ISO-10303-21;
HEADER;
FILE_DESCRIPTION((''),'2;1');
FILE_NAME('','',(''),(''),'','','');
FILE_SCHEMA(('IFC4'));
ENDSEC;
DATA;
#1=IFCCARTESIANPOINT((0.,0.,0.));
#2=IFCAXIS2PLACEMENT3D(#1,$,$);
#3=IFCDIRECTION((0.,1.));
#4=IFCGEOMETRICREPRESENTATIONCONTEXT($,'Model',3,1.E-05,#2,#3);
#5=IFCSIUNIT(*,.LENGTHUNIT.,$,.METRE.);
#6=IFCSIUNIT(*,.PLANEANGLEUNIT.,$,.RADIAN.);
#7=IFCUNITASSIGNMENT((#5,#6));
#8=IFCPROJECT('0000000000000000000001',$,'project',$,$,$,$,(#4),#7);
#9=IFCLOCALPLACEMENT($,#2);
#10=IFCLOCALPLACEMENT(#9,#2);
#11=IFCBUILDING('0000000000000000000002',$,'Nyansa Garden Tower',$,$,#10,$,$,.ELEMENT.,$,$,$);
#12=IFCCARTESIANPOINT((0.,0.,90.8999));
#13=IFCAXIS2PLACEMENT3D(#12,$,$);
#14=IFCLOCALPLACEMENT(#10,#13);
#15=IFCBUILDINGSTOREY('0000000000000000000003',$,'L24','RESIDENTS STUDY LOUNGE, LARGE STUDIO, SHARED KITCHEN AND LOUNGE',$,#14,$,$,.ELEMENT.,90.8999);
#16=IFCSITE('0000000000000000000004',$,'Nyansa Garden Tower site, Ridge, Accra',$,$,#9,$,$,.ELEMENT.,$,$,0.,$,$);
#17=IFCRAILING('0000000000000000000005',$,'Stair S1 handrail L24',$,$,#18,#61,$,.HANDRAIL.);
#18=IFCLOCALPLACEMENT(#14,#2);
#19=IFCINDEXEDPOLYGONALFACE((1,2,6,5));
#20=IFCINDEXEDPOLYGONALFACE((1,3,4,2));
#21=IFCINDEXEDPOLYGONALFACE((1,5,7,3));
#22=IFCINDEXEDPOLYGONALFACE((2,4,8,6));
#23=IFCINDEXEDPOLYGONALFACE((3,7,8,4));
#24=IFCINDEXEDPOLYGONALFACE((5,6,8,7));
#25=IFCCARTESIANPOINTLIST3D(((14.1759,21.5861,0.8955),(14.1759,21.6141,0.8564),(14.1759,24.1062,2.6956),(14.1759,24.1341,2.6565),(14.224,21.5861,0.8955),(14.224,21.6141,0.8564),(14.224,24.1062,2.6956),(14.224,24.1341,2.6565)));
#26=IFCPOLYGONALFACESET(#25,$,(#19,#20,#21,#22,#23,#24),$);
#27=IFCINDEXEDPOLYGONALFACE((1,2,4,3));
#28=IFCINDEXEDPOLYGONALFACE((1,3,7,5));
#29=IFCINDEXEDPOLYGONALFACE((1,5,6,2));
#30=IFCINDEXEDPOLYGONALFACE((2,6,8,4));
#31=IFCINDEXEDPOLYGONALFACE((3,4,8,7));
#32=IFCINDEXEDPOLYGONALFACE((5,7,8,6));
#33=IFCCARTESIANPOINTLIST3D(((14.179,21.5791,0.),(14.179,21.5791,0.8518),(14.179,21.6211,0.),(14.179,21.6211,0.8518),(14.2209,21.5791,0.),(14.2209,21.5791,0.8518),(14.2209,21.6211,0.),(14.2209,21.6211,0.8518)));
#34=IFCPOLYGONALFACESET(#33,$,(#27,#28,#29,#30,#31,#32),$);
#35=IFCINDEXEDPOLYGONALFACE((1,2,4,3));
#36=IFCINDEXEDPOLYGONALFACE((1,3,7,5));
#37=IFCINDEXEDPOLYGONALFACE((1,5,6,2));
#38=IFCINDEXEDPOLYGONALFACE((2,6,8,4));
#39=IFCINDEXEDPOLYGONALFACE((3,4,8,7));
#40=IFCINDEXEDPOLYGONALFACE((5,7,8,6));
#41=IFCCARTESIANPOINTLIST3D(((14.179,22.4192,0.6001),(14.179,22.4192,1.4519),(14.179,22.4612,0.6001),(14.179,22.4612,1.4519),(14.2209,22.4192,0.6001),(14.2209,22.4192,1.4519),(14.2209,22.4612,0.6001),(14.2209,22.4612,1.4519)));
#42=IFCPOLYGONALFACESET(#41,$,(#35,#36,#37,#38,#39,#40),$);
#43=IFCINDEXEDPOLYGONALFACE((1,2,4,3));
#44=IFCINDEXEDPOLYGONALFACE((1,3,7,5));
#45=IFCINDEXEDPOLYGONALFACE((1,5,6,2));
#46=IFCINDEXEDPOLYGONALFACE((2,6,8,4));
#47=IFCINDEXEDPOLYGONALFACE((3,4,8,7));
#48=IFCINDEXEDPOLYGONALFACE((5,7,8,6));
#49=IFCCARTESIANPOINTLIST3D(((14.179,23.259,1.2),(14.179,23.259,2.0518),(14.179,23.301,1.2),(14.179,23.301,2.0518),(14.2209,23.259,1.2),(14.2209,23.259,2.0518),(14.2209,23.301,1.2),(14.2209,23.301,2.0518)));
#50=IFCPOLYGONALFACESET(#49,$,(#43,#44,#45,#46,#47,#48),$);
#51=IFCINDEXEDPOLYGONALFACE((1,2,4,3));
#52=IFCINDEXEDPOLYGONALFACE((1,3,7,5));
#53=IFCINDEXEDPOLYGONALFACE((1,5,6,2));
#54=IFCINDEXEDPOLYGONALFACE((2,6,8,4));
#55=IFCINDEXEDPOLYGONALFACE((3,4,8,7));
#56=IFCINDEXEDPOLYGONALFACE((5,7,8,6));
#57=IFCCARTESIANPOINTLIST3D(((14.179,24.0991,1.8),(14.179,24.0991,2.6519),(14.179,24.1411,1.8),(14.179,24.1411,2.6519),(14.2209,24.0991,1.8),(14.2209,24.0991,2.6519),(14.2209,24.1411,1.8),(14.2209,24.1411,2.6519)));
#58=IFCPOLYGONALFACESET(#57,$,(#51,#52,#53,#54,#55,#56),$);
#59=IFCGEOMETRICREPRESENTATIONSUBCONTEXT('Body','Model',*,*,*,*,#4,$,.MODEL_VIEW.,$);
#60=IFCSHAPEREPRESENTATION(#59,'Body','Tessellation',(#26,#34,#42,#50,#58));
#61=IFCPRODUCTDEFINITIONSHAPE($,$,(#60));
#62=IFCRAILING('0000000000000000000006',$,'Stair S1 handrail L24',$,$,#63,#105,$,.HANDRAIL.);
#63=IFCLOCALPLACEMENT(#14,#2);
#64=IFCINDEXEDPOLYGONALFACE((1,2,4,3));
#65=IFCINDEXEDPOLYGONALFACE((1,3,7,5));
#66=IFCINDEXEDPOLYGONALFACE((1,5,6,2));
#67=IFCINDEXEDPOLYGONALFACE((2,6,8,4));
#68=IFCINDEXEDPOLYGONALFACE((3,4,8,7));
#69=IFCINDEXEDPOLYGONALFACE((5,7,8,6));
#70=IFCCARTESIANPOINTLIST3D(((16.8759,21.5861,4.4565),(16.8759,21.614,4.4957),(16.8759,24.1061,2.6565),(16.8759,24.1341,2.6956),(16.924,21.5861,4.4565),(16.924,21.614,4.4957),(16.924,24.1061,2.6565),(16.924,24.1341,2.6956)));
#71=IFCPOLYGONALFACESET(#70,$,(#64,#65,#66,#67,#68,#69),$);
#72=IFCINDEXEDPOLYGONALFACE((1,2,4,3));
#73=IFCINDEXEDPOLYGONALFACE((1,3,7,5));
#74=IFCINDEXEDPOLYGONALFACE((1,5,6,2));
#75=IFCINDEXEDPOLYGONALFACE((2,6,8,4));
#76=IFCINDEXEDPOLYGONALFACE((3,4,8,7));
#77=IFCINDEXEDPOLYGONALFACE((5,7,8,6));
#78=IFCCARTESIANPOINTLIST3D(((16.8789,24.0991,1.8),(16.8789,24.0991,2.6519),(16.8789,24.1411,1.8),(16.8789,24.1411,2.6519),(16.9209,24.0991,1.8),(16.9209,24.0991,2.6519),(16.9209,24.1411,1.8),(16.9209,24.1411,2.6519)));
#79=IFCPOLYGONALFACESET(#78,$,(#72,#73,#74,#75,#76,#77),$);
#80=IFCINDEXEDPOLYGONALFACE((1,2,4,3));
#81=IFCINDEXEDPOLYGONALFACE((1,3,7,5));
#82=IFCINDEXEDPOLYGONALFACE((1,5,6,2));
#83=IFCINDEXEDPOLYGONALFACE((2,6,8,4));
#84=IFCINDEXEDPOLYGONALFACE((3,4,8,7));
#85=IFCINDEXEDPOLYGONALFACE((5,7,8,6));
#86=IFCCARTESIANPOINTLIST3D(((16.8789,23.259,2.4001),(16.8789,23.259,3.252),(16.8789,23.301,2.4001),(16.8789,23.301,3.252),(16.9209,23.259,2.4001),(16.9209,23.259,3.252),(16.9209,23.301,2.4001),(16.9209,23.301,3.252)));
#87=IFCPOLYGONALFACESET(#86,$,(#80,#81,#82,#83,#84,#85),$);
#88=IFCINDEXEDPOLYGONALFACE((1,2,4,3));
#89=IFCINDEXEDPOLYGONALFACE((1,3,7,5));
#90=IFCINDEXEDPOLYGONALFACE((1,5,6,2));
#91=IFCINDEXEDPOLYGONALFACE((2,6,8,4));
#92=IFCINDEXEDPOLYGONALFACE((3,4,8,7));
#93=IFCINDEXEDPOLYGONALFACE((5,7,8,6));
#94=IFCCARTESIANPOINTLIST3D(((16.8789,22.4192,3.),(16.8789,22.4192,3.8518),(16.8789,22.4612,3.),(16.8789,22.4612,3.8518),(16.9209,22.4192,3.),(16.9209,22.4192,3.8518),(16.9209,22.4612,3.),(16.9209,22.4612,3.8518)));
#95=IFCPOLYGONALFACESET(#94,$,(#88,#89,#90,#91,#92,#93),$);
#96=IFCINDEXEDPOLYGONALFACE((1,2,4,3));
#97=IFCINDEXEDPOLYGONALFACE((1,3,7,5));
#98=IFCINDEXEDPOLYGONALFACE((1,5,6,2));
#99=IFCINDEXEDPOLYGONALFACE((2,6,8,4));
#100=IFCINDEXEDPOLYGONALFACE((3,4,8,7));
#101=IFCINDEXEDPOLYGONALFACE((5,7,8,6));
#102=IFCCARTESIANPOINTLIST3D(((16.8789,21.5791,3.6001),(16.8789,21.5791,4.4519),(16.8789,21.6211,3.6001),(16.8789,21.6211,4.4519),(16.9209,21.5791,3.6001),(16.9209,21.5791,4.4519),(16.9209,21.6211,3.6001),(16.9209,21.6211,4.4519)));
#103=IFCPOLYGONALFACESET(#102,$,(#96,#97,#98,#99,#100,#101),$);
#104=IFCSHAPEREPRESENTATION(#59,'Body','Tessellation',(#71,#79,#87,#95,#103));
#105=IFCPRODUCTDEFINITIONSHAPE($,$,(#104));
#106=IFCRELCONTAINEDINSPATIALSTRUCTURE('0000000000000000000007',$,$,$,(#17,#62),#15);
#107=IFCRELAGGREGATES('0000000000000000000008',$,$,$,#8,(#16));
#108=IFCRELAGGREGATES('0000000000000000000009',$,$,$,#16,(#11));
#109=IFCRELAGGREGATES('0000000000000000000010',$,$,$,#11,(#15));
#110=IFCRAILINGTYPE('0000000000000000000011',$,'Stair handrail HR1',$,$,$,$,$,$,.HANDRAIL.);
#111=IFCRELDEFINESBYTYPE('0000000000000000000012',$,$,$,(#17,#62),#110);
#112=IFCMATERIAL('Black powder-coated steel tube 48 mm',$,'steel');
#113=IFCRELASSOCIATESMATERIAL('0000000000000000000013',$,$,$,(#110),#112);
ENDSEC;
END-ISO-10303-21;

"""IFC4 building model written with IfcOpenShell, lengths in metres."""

from ifc_helpers import new_model, si_unit, direction, frame, origin, origin_2d, place, context, subcontext, project, spatial, rectangle, extrude, material, type_object, element, save


model = new_model("IFC4")

# Units and contexts
model_context = context("Model", 3, precision=1e-05, world=origin(), true_north=direction((0.0, 1.0)))
body_context = subcontext(model_context, "Body", "Model", "MODEL_VIEW")
ifc_project = project(units=[si_unit("LENGTHUNIT", "METRE"), si_unit("PLANEANGLEUNIT", "RADIAN")], contexts=[model_context])

# Site, building, storey
site_placement = place(None, origin())
site = spatial("IfcSite", under=ifc_project, at=site_placement, Name="Nyansa Garden Tower site, Ridge, Accra", CompositionType="ELEMENT", RefElevation=0.0)
building_placement = place(site_placement, origin())
building = spatial("IfcBuilding", under=site, at=building_placement, Name="Nyansa Garden Tower", CompositionType="ELEMENT")
storey_placement = place(building_placement, frame((0.0, 0.0, 90.8999)))
storey = spatial("IfcBuildingStorey", under=building, at=storey_placement, Name="L24", Description="RESIDENTS STUDY LOUNGE, LARGE STUDIO, SHARED KITCHEN AND LOUNGE", CompositionType="ELEMENT", Elevation=90.8999)

# Railings
ifc_material_1 = material(Name="Black powder-coated steel tube 48 mm", Category="steel")
railing_type = type_object("IfcRailingType", Name="Stair handrail HR1", PredefinedType="HANDRAIL", material=ifc_material_1)
railing_1_placement = place(storey_placement, frame((14.2, 21.6001, 0.0)))
element("IfcRailing", 1, at=railing_1_placement, inside=storey, type_object=railing_type, Name="Stair S1 handrail L24", PredefinedType="HANDRAIL", context=body_context, shape_type="SweptSolid", body=[
    extrude(rectangle(XDim=0.0481, YDim=0.0481, at=origin_2d()), frame((0.0, 0.0, 0.876), z_axis=(0.0, 0.813728, 0.581246), x_axis=(-1.0, 0.0, 0.0)), (0.0, 0.0, 1.0), 3.0969),
    extrude(rectangle(XDim=0.042, YDim=0.042, at=origin_2d()), origin(), (0.0, 0.0, 1.0), 0.8518),
    extrude(rectangle(XDim=0.042, YDim=0.042, at=origin_2d()), frame((0.0, 0.8401, 0.6001)), (0.0, 0.0, 1.0), 0.8518),
    extrude(rectangle(XDim=0.042, YDim=0.042, at=origin_2d()), frame((0.0, 1.6799, 1.2)), (0.0, 0.0, 1.0), 0.8518),
    extrude(rectangle(XDim=0.042, YDim=0.042, at=origin_2d()), frame((0.0, 2.52, 1.8)), (0.0, 0.0, 1.0), 0.8518),
])
railing_2_placement = place(storey_placement, frame((16.8999, 24.1201, 1.8)))
element("IfcRailing", 2, at=railing_2_placement, inside=storey, type_object=railing_type, Name="Stair S1 handrail L24", PredefinedType="HANDRAIL", context=body_context, shape_type="SweptSolid", body=[
    extrude(rectangle(XDim=0.0481, YDim=0.0481, at=origin_2d()), frame((0.0, 0.0, 0.876), z_axis=(0.0, -0.813728, 0.581246), x_axis=(1.0, 0.0, 0.0)), (0.0, 0.0, 1.0), 3.0969),
    extrude(rectangle(XDim=0.042, YDim=0.042, at=origin_2d()), origin(), (0.0, 0.0, 1.0), 0.8518),
    extrude(rectangle(XDim=0.042, YDim=0.042, at=origin_2d()), frame((0.0, -0.8401, 0.6001)), (0.0, 0.0, 1.0), 0.8518),
    extrude(rectangle(XDim=0.042, YDim=0.042, at=origin_2d()), frame((0.0, -1.6799, 1.2)), (0.0, 0.0, 1.0), 0.8518),
    extrude(rectangle(XDim=0.042, YDim=0.042, at=origin_2d()), frame((0.0, -2.52, 1.8)), (0.0, 0.0, 1.0), 0.8518),
])

save(model, "model.ifc")
